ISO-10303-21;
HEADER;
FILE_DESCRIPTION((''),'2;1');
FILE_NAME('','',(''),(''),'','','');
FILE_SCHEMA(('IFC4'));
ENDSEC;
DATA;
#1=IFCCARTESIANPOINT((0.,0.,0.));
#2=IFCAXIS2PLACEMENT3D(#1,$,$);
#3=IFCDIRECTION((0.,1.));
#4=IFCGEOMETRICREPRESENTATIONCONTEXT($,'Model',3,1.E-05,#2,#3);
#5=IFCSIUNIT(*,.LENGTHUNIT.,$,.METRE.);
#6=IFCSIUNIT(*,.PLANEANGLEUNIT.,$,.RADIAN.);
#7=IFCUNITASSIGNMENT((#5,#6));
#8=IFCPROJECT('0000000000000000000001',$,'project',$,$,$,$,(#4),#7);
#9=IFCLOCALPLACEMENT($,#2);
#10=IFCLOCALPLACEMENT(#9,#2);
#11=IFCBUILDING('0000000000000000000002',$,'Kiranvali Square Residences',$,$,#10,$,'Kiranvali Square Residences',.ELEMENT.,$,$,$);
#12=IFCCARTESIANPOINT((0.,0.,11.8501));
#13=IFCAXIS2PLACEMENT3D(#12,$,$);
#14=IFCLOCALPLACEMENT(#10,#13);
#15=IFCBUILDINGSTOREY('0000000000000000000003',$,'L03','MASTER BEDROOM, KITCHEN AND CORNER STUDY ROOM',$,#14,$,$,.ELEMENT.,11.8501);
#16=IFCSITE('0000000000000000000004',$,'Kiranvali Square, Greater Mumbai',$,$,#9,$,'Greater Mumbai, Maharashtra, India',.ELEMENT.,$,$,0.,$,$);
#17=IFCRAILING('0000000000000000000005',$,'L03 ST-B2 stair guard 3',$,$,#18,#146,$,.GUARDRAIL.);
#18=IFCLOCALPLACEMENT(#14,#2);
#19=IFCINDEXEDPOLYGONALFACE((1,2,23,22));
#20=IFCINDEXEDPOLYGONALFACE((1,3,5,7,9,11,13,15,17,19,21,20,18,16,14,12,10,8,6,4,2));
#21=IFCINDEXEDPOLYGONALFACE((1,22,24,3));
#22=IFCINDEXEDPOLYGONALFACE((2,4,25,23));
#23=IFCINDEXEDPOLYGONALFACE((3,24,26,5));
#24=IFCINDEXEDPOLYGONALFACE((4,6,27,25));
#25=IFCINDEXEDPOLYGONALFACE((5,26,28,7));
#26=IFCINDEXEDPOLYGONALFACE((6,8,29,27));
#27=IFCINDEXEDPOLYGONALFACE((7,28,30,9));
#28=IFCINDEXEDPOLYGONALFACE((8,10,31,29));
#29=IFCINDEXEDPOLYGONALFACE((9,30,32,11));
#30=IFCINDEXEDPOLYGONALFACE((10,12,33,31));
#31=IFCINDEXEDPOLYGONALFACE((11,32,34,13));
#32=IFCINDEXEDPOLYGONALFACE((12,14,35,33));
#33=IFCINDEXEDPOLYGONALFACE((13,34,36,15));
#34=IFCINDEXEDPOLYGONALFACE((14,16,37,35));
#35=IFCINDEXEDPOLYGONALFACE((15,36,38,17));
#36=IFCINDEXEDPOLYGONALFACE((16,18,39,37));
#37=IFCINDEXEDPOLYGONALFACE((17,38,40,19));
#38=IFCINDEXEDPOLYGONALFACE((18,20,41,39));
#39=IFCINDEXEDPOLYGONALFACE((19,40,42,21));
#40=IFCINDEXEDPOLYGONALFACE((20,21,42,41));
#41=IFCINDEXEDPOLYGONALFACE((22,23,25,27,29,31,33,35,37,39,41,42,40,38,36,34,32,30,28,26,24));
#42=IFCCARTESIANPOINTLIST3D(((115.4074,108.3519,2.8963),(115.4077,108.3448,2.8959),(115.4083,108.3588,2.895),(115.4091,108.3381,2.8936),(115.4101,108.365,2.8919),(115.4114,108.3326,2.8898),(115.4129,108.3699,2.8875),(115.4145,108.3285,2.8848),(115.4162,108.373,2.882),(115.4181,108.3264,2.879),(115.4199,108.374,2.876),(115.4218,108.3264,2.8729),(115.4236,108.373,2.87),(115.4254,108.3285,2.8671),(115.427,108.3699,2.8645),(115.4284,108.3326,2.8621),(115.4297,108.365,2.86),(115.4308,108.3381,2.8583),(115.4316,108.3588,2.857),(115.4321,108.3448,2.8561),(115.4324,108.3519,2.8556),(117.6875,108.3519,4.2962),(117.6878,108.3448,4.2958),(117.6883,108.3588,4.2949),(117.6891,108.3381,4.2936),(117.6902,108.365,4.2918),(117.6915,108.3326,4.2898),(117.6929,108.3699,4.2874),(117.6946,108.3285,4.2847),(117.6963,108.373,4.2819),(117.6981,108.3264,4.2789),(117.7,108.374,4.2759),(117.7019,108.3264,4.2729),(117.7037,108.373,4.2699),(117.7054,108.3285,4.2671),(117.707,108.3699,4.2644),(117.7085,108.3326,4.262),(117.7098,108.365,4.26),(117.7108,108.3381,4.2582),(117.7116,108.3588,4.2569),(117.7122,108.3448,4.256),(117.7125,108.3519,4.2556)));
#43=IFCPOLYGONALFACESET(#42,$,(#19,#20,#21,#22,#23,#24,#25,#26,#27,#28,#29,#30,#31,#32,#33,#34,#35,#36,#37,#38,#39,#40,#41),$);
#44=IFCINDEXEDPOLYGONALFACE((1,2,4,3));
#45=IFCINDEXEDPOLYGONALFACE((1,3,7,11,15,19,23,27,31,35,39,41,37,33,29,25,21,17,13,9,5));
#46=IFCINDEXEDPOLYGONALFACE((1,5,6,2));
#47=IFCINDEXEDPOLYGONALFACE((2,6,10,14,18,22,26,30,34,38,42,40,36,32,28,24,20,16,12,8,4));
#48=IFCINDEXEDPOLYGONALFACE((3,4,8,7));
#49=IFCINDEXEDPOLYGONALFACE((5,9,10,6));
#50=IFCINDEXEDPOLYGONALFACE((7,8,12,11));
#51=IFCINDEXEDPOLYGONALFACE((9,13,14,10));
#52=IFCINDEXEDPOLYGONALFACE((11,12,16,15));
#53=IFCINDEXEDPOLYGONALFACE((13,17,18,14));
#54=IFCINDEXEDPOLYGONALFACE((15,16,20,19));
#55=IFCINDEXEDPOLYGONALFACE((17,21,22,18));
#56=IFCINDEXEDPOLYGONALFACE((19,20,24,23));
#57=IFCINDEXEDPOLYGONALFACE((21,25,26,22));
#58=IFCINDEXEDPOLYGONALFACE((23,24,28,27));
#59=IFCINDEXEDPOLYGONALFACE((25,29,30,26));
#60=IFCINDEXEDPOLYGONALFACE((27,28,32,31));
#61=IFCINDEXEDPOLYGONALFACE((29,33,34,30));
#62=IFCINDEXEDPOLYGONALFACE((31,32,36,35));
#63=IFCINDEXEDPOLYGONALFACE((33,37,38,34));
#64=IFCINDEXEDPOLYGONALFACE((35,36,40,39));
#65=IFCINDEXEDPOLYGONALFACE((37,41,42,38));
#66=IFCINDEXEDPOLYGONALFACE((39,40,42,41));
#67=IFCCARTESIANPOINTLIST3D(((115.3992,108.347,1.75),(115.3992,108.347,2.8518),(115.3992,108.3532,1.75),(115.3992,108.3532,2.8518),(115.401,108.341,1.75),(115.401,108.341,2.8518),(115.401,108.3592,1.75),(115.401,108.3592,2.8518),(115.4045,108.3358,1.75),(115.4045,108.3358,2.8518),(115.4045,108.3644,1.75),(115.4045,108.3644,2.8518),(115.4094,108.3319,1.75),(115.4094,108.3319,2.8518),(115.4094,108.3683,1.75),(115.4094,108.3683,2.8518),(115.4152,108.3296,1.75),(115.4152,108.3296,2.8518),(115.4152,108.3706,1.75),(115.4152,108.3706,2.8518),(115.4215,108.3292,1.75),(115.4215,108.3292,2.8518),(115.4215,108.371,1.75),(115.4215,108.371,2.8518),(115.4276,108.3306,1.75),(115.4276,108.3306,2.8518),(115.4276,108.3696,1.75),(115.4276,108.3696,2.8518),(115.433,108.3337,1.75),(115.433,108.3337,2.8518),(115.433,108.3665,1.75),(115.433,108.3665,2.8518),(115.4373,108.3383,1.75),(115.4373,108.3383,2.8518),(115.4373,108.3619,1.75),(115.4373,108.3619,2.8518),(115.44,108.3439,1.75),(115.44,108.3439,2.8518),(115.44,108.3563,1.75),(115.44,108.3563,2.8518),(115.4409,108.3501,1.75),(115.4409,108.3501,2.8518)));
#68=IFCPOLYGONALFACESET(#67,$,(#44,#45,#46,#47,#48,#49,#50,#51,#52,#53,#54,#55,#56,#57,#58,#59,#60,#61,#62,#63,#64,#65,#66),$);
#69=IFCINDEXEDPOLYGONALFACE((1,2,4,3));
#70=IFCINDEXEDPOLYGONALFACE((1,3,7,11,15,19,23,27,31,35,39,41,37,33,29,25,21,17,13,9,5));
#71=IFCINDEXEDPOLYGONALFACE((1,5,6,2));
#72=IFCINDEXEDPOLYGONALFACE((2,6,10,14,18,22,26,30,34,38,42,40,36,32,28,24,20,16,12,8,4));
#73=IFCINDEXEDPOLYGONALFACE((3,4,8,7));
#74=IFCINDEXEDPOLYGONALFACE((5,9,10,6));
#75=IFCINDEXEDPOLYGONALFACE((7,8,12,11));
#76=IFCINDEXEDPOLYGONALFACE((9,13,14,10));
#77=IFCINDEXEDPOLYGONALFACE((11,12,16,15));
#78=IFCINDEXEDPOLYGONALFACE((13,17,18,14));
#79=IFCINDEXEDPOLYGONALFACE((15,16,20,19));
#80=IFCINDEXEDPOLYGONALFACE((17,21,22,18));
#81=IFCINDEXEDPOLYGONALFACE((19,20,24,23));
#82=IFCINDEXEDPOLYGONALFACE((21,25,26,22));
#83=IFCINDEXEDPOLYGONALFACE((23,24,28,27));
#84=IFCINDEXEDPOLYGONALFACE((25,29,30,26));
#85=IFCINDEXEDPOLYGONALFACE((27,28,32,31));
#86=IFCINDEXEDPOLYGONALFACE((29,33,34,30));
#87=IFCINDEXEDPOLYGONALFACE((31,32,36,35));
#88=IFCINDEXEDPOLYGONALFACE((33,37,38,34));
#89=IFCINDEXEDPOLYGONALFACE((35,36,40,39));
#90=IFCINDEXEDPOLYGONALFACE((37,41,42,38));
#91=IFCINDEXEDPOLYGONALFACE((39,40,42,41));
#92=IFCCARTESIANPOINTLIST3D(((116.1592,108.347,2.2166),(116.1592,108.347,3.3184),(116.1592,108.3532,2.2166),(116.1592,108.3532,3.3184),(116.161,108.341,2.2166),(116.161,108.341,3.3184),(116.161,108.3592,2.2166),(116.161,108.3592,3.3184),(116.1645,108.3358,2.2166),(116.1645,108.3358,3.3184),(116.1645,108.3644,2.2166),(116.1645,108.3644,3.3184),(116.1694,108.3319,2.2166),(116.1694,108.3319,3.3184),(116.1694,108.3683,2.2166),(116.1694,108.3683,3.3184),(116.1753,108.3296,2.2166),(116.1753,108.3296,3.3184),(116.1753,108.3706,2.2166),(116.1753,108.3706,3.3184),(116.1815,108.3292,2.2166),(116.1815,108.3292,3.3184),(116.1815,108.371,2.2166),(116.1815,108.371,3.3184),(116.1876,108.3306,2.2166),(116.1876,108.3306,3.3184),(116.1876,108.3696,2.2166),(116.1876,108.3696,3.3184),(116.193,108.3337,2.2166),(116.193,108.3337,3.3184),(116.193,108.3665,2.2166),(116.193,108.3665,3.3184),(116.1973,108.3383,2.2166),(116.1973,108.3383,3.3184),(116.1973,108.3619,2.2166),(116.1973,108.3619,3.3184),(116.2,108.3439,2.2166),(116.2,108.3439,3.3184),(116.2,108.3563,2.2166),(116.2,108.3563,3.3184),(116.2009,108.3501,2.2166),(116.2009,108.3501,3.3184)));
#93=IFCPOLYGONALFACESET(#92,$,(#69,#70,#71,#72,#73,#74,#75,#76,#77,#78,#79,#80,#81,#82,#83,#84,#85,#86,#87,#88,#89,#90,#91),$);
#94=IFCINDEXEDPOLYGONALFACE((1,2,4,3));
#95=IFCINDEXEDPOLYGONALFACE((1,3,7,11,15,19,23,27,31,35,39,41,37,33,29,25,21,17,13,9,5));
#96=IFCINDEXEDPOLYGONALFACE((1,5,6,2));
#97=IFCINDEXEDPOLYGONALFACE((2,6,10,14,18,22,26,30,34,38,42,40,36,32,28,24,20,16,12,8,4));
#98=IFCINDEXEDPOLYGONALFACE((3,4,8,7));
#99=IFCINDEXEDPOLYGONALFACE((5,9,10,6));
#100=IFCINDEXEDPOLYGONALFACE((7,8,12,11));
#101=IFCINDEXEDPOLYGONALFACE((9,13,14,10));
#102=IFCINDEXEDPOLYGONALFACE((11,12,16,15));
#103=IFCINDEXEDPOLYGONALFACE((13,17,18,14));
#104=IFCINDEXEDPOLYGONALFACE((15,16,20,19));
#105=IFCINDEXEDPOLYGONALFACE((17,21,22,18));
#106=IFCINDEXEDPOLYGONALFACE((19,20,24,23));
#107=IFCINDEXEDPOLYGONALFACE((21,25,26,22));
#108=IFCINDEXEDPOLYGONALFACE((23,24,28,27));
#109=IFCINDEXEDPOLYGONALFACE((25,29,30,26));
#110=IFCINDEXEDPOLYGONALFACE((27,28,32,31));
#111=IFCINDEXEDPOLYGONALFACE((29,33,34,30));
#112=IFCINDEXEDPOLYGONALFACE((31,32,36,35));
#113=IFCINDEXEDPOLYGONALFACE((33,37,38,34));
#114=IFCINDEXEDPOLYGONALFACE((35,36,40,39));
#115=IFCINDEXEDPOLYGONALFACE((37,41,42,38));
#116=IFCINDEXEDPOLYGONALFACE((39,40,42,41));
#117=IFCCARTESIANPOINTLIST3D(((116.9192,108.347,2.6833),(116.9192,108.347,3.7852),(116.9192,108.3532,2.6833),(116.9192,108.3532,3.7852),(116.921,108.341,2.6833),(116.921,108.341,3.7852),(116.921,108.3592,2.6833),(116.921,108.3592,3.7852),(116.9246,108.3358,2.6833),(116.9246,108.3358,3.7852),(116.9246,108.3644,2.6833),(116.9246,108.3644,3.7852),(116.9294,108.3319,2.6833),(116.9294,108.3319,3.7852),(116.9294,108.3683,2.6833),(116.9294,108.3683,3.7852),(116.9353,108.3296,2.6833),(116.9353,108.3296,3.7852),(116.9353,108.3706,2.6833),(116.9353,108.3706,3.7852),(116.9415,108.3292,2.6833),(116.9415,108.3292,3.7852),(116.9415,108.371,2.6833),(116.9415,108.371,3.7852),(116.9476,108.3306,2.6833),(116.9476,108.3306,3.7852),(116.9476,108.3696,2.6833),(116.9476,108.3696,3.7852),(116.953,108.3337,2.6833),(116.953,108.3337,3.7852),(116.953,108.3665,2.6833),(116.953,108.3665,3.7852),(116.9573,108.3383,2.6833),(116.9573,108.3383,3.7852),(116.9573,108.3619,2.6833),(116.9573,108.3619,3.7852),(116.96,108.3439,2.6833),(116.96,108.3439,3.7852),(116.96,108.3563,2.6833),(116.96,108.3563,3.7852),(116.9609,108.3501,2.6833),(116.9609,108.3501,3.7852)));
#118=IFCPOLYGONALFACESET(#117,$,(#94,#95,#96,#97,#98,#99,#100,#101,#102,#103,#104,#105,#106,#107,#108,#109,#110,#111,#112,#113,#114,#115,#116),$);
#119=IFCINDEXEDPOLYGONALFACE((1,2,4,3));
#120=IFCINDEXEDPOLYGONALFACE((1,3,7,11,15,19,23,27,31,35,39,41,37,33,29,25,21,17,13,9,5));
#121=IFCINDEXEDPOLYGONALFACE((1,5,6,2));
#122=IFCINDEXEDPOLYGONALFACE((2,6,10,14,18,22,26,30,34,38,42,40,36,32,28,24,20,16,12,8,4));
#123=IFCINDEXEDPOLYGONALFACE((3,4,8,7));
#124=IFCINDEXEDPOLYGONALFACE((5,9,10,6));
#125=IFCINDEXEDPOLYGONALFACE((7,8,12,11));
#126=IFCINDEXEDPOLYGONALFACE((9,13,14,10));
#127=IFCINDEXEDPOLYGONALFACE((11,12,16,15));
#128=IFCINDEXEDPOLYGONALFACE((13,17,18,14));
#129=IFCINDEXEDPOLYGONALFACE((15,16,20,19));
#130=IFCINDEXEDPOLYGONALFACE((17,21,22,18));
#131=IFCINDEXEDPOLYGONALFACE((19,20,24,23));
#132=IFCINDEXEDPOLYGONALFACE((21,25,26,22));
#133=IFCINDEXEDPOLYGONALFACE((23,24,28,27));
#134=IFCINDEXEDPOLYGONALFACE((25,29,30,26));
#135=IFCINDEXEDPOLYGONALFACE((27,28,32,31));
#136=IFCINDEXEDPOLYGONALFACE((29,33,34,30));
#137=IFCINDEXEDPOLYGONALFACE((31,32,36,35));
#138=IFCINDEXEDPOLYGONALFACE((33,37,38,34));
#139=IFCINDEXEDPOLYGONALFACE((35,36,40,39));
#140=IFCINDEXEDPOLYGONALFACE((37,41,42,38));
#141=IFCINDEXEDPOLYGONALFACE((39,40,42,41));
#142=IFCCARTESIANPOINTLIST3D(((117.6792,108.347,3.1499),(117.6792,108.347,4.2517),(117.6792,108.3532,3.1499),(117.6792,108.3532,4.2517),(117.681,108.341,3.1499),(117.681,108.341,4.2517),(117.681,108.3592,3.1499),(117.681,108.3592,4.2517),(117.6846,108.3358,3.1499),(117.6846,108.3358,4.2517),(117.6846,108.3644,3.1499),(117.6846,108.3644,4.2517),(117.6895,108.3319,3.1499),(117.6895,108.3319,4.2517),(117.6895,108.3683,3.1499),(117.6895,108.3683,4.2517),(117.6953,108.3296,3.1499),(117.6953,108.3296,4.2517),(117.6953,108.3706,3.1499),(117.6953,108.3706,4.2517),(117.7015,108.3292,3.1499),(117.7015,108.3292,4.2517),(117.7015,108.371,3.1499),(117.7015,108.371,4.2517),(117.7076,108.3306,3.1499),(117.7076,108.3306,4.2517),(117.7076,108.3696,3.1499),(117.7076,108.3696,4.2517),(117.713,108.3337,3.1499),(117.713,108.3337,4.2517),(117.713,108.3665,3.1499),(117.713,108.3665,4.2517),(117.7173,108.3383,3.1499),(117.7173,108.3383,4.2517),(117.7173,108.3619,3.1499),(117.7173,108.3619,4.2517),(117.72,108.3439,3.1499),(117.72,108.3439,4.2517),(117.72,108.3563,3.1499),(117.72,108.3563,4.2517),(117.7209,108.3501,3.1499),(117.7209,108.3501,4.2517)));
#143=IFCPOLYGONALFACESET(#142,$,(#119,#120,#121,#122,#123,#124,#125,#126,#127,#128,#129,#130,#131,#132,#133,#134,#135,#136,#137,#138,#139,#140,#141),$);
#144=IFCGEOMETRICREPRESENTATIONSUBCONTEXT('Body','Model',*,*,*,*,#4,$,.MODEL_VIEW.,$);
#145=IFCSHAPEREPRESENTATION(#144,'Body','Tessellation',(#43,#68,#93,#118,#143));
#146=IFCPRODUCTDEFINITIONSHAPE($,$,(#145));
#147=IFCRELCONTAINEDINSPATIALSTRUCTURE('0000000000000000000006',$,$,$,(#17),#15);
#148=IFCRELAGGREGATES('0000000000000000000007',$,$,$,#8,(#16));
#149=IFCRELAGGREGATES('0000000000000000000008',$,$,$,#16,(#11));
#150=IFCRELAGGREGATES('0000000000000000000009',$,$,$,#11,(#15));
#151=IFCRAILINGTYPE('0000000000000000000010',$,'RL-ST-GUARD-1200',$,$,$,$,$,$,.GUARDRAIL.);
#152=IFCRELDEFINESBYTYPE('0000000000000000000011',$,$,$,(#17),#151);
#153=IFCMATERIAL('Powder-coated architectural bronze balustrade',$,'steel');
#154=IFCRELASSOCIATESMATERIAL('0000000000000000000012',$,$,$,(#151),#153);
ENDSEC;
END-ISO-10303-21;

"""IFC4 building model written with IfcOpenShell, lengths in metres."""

from ifc_helpers import new_model, si_unit, direction, frame, origin, origin_2d, place, context, subcontext, project, spatial, circle, extrude, material, type_object, element, save


model = new_model("IFC4")

# Units and contexts
model_context = context("Model", 3, precision=1e-05, world=origin(), true_north=direction((0.0, 1.0)))
body_context = subcontext(model_context, "Body", "Model", "MODEL_VIEW")
ifc_project = project(units=[si_unit("LENGTHUNIT", "METRE"), si_unit("PLANEANGLEUNIT", "RADIAN")], contexts=[model_context])

# Site, building, storey
site_placement = place(None, origin())
site = spatial("IfcSite", under=ifc_project, at=site_placement, Name="Kiranvali Square, Greater Mumbai", LongName="Greater Mumbai, Maharashtra, India", CompositionType="ELEMENT", RefElevation=0.0)
building_placement = place(site_placement, origin())
building = spatial("IfcBuilding", under=site, at=building_placement, Name="Kiranvali Square Residences", LongName="Kiranvali Square Residences", CompositionType="ELEMENT")
storey_placement = place(building_placement, frame((0.0, 0.0, 11.8501)))
storey = spatial("IfcBuildingStorey", under=building, at=storey_placement, Name="L03", Description="MASTER BEDROOM, KITCHEN AND CORNER STUDY ROOM", CompositionType="ELEMENT", Elevation=11.8501)

# Railing
ifc_material_1 = material(Name="Powder-coated architectural bronze balustrade", Category="steel")
railing_type_1 = type_object("IfcRailingType", Name="RL-ST-GUARD-1200", PredefinedType="GUARDRAIL", material=ifc_material_1)
railing_1_placement = place(storey_placement, frame((115.4199, 108.3501, 1.75)))
element("IfcRailing", 1, at=railing_1_placement, inside=storey, type_object=railing_type_1, Name="L03 ST-B2 stair guard 3", PredefinedType="GUARDRAIL", context=body_context, shape_type="SweptSolid", body=[
    extrude(circle(Radius=0.0239, at=origin_2d()), frame((0.0, 0.0, 1.126), z_axis=(0.85219, 0.0, 0.523232), x_axis=(0.0, 1.0, 0.0)), (0.0, 0.0, 1.0), 2.6755),
    extrude(circle(Radius=0.021, at=origin_2d()), origin(), (0.0, 0.0, 1.0), 1.1018),
    extrude(circle(Radius=0.021, at=origin_2d()), frame((0.76, 0.0, 0.4666)), (0.0, 0.0, 1.0), 1.1018),
    extrude(circle(Radius=0.021, at=origin_2d()), frame((1.52, 0.0, 0.9333)), (0.0, 0.0, 1.0), 1.1018),
    extrude(circle(Radius=0.021, at=origin_2d()), frame((2.28, 0.0, 1.3999)), (0.0, 0.0, 1.0), 1.1018),
])

save(model, "model.ifc")
